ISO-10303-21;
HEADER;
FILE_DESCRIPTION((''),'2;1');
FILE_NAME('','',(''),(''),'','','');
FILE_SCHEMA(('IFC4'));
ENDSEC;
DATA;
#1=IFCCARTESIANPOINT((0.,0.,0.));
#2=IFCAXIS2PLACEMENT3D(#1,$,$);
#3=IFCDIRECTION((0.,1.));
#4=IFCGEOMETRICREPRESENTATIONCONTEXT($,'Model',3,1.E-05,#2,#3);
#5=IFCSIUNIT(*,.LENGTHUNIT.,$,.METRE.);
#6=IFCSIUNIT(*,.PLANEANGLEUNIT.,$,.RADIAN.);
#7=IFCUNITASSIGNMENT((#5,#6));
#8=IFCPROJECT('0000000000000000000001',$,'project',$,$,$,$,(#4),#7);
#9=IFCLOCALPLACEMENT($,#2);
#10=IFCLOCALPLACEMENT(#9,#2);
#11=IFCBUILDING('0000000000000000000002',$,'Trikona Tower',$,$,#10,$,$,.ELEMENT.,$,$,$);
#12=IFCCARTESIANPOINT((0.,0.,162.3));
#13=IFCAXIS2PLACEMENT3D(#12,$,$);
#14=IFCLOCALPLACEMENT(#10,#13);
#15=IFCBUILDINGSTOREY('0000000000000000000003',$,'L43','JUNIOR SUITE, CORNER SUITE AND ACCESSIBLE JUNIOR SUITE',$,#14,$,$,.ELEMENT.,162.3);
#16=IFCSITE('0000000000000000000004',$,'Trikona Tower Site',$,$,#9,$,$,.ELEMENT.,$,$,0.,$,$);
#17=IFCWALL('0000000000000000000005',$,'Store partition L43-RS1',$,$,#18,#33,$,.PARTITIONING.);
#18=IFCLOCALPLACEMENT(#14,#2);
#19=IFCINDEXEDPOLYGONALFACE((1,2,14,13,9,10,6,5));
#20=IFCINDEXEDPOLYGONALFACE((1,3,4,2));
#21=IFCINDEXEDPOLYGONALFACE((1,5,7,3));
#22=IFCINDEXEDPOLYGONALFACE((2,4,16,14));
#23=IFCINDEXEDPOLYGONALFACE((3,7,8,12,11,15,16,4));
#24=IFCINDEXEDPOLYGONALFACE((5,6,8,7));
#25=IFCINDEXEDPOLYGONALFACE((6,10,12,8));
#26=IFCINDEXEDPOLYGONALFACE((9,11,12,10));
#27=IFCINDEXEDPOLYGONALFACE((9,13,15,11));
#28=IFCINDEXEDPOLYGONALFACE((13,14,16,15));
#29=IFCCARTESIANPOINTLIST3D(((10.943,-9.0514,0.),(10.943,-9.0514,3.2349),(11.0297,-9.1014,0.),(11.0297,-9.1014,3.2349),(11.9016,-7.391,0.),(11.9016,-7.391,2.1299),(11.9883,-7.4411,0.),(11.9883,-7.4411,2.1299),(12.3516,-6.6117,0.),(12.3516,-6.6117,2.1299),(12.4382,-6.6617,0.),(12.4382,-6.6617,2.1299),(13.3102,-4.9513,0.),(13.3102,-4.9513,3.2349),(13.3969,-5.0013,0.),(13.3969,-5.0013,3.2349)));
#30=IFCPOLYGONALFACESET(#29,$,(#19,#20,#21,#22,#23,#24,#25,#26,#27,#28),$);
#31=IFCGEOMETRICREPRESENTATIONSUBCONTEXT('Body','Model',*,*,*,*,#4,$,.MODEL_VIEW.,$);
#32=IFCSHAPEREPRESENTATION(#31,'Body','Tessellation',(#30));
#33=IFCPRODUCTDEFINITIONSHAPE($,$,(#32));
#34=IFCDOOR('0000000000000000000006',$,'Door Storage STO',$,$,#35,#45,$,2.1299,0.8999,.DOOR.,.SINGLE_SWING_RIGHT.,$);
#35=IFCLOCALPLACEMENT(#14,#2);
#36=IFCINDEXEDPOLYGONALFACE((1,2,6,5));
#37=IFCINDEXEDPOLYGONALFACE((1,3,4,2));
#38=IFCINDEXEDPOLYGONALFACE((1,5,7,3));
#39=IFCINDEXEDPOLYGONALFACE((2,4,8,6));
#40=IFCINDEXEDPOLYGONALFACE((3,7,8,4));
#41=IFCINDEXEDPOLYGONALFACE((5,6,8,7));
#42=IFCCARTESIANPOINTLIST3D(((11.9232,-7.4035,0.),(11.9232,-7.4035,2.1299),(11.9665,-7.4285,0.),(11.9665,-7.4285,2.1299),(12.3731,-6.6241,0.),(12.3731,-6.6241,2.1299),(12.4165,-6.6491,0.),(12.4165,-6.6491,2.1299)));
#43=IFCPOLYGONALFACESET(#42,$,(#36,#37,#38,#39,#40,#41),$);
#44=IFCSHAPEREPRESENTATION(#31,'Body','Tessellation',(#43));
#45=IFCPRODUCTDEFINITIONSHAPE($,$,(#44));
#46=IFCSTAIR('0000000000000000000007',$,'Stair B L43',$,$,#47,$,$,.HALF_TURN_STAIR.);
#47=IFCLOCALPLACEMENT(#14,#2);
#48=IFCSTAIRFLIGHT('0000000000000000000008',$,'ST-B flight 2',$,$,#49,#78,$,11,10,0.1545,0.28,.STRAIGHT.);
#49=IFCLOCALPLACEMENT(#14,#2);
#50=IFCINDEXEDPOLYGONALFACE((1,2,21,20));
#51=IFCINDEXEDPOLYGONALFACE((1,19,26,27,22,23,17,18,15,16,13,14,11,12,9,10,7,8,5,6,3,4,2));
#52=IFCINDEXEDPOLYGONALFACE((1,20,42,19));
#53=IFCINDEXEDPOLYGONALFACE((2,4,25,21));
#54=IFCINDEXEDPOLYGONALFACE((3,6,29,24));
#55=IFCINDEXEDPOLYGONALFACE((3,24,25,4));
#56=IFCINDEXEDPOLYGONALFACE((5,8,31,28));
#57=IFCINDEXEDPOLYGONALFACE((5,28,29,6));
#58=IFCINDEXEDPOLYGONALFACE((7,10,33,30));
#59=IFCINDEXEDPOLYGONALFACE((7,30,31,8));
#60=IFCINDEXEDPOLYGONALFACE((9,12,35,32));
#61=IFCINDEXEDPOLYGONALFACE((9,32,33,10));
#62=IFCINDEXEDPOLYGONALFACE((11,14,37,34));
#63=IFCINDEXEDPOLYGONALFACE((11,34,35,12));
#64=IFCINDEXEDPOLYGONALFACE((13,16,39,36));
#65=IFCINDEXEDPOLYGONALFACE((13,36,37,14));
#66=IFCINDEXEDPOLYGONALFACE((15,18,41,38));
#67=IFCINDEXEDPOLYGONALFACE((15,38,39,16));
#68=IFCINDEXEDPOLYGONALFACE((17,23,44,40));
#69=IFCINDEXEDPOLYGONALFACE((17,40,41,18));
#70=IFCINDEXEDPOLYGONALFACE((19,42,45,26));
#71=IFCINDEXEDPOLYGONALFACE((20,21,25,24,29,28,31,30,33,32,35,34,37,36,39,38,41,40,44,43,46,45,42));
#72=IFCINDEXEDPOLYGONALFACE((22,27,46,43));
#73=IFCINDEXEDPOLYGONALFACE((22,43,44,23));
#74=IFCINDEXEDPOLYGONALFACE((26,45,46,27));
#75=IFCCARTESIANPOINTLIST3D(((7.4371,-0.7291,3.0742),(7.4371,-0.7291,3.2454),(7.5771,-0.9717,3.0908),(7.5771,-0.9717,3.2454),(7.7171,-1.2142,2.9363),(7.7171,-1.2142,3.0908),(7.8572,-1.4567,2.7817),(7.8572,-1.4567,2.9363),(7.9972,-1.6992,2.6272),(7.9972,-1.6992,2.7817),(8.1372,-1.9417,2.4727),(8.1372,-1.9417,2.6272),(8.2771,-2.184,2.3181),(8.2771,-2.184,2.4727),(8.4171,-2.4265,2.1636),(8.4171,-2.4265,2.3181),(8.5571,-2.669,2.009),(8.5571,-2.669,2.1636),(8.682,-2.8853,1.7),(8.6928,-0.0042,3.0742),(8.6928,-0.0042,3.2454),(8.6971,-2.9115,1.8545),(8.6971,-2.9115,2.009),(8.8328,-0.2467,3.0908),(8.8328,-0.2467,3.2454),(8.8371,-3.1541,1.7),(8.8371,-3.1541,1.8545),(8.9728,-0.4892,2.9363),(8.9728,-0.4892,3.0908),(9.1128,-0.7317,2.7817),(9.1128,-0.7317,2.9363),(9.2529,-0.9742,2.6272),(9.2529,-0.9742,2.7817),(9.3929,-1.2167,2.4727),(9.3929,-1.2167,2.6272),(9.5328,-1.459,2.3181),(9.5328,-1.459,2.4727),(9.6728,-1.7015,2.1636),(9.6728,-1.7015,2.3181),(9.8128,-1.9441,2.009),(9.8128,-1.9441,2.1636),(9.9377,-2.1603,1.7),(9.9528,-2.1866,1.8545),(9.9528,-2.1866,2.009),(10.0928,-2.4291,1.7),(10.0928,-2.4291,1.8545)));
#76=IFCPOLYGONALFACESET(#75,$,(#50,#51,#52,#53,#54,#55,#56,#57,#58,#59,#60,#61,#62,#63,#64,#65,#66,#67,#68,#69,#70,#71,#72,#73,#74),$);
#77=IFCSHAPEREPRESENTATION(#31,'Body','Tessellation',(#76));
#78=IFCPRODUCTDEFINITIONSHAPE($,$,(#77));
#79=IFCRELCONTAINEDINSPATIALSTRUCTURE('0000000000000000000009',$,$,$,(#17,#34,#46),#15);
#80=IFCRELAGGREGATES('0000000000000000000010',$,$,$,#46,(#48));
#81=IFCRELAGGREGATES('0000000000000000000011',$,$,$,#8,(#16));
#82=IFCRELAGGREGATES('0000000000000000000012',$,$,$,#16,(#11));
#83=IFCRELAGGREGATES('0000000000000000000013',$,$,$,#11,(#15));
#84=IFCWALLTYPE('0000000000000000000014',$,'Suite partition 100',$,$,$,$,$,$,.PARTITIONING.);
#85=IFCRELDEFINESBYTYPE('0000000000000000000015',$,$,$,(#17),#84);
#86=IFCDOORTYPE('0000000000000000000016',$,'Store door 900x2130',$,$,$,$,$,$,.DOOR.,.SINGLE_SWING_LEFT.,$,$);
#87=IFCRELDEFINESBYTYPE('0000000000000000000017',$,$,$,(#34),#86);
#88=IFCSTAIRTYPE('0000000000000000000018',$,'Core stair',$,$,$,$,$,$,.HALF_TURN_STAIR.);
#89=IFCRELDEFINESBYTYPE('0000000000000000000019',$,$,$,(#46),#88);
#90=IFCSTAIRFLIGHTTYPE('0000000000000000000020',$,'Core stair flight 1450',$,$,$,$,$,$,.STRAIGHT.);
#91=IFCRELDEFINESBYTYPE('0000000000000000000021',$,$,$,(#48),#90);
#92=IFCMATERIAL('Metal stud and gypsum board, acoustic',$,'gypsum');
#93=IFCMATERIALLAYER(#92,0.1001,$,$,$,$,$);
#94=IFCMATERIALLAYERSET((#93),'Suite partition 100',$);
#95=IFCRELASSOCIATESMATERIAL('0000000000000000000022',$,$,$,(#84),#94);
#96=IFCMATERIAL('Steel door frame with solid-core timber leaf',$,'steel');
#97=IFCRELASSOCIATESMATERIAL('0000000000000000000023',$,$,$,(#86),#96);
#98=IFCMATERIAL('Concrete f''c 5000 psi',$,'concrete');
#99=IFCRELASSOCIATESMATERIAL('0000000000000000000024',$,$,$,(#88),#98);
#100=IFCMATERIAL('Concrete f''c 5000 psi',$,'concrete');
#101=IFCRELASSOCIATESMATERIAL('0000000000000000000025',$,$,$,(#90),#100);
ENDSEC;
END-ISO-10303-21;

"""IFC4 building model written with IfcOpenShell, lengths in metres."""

from ifc_helpers import new_model, si_unit, direction, frame, frame_2d, origin, place, context, subcontext, project, spatial, polyline, rectangle, outline, extrude, material, layer, layer_set, type_object, element, fill, aggregate, save


model = new_model("IFC4")

# Units and contexts
model_context = context("Model", 3, precision=1e-05, world=origin(), true_north=direction((0.0, 1.0)))
body_context = subcontext(model_context, "Body", "Model", "MODEL_VIEW")
ifc_project = project(units=[si_unit("LENGTHUNIT", "METRE"), si_unit("PLANEANGLEUNIT", "RADIAN")], contexts=[model_context])

# Site, building, storey
site_placement = place(None, origin())
site = spatial("IfcSite", under=ifc_project, at=site_placement, Name="Trikona Tower Site", CompositionType="ELEMENT", RefElevation=0.0)
building_placement = place(site_placement, origin())
building = spatial("IfcBuilding", under=site, at=building_placement, Name="Trikona Tower", CompositionType="ELEMENT")
storey_placement = place(building_placement, frame((0.0, 0.0, 162.3)))
storey = spatial("IfcBuildingStorey", under=building, at=storey_placement, Name="L43", Description="JUNIOR SUITE, CORNER SUITE AND ACCESSIBLE JUNIOR SUITE", CompositionType="ELEMENT", Elevation=162.3)

# Wall, opening, door
ifc_material_1 = material(Name="Metal stud and gypsum board, acoustic", Category="gypsum")
ifc_layer_1 = layer(ifc_material_1, 0.1001)
ifc_layer_set_1 = layer_set([ifc_layer_1], Name="Suite partition 100")
wall_type_1 = type_object("IfcWallType", Name="Suite partition 100", PredefinedType="PARTITIONING", material=ifc_layer_set_1)
wall_1_placement = place(storey_placement, frame((13.3535, -4.9763, 0.0), z_axis=(0.0, 0.0, 1.0), x_axis=(-0.499999, -0.866026, 0.0)))
wall_1 = element("IfcWall", 1, at=wall_1_placement, inside=storey, type_object=wall_type_1, Name="Store partition L43-RS1", PredefinedType="PARTITIONING", context=body_context, shape_type="SweptSolid", body=[
    extrude(rectangle(XDim=4.7344, YDim=0.1001, at=frame_2d((2.3672, 0.0))), origin(), (0.0, 0.0, 1.0), 3.2349),
])
opening_1_placement = place(wall_1_placement, frame((1.9172, 0.0, 0.0)))
opening_1 = element("IfcOpeningElement", 2, at=opening_1_placement, cuts=wall_1, PredefinedType="OPENING", context=body_context, shape_type="SweptSolid", body=[
    extrude(rectangle(XDim=0.8999, YDim=2.1299, at=frame_2d((0.45, 1.0649))), frame((0.0, 0.0601, 0.0), z_axis=(0.0, -1.0, 0.0), x_axis=(1.0, 0.0, 0.0)), (0.0, 0.0, 1.0), 0.1201),
])
ifc_material_2 = material(Name="Steel door frame with solid-core timber leaf", Category="steel")
door_type_1 = type_object("IfcDoorType", Name="Store door 900x2130", OperationType="SINGLE_SWING_LEFT", PredefinedType="DOOR", material=ifc_material_2)
door_1_placement = place(opening_1_placement, origin())
door_1 = element("IfcDoor", 3, at=door_1_placement, inside=storey, type_object=door_type_1, Name="Door Storage STO", OperationType="SINGLE_SWING_RIGHT", OverallHeight=2.1299, OverallWidth=0.8999, PredefinedType="DOOR", context=body_context, shape_type="SweptSolid", body=[
    extrude(rectangle(XDim=0.8999, YDim=2.1299, at=frame_2d((0.45, 1.0649))), frame((0.0, 0.0249, 0.0), z_axis=(0.0, -1.0, 0.0), x_axis=(1.0, 0.0, 0.0)), (0.0, 0.0, 1.0), 0.05),
])
fill(opening_1, door_1)

# Stair, stair flight
ifc_material_3 = material(Name="Concrete f'c 5000 psi", Category="concrete")
stair_type = type_object("IfcStairType", Name="Core stair", PredefinedType="HALF_TURN_STAIR", material=ifc_material_3)
stair_placement = place(storey_placement, origin())
stair = element("IfcStair", 4, at=stair_placement, inside=storey, type_object=stair_type, Name="Stair B L43", PredefinedType="HALF_TURN_STAIR")
ifc_material_4 = material(Name="Concrete f'c 5000 psi", Category="concrete")
stair_flight_type = type_object("IfcStairFlightType", Name="Core stair flight 1450", PredefinedType="STRAIGHT", material=ifc_material_4)
stair_flight_placement = place(storey_placement, frame((9.4651, -2.7915, 1.7), z_axis=(0.0, 0.0, 1.0), x_axis=(-0.5, 0.866025, 0.0)))
stair_flight = element("IfcStairFlight", 5, at=stair_flight_placement, type_object=stair_flight_type, Name="ST-B flight 2", NumberOfRisers=11, NumberOfTreads=10, PredefinedType="STRAIGHT", RiserHeight=0.1545, TreadLength=0.28, context=body_context, shape_type="SweptSolid", body=[
    extrude(outline(polyline([(0.0, 0.0), (0.0, 0.1545), (0.28, 0.1545), (0.28, 0.3091), (0.5601, 0.3091), (0.5601, 0.4636), (0.8401, 0.4636), (0.8401, 0.6182), (1.1201, 0.6182), (1.1201, 0.7727), (1.3999, 0.7727), (1.3999, 0.9272), (1.6799, 0.9272), (1.6799, 1.0818), (1.96, 1.0818), (1.96, 1.2363), (2.24, 1.2363), (2.24, 1.3909), (2.52, 1.3909), (2.52, 1.5454), (2.8, 1.5454), (2.8, 1.7), (2.8, 1.3743), (0.3103, 0.0), (0.0, 0.0)])), frame((0.0, 0.7251, 0.0), z_axis=(0.0, -1.0, 0.0), x_axis=(1.0, 0.0, 0.0)), (0.0, 0.0, 1.0), 1.45),
])
aggregate(stair, [stair_flight])

save(model, "model.ifc")
